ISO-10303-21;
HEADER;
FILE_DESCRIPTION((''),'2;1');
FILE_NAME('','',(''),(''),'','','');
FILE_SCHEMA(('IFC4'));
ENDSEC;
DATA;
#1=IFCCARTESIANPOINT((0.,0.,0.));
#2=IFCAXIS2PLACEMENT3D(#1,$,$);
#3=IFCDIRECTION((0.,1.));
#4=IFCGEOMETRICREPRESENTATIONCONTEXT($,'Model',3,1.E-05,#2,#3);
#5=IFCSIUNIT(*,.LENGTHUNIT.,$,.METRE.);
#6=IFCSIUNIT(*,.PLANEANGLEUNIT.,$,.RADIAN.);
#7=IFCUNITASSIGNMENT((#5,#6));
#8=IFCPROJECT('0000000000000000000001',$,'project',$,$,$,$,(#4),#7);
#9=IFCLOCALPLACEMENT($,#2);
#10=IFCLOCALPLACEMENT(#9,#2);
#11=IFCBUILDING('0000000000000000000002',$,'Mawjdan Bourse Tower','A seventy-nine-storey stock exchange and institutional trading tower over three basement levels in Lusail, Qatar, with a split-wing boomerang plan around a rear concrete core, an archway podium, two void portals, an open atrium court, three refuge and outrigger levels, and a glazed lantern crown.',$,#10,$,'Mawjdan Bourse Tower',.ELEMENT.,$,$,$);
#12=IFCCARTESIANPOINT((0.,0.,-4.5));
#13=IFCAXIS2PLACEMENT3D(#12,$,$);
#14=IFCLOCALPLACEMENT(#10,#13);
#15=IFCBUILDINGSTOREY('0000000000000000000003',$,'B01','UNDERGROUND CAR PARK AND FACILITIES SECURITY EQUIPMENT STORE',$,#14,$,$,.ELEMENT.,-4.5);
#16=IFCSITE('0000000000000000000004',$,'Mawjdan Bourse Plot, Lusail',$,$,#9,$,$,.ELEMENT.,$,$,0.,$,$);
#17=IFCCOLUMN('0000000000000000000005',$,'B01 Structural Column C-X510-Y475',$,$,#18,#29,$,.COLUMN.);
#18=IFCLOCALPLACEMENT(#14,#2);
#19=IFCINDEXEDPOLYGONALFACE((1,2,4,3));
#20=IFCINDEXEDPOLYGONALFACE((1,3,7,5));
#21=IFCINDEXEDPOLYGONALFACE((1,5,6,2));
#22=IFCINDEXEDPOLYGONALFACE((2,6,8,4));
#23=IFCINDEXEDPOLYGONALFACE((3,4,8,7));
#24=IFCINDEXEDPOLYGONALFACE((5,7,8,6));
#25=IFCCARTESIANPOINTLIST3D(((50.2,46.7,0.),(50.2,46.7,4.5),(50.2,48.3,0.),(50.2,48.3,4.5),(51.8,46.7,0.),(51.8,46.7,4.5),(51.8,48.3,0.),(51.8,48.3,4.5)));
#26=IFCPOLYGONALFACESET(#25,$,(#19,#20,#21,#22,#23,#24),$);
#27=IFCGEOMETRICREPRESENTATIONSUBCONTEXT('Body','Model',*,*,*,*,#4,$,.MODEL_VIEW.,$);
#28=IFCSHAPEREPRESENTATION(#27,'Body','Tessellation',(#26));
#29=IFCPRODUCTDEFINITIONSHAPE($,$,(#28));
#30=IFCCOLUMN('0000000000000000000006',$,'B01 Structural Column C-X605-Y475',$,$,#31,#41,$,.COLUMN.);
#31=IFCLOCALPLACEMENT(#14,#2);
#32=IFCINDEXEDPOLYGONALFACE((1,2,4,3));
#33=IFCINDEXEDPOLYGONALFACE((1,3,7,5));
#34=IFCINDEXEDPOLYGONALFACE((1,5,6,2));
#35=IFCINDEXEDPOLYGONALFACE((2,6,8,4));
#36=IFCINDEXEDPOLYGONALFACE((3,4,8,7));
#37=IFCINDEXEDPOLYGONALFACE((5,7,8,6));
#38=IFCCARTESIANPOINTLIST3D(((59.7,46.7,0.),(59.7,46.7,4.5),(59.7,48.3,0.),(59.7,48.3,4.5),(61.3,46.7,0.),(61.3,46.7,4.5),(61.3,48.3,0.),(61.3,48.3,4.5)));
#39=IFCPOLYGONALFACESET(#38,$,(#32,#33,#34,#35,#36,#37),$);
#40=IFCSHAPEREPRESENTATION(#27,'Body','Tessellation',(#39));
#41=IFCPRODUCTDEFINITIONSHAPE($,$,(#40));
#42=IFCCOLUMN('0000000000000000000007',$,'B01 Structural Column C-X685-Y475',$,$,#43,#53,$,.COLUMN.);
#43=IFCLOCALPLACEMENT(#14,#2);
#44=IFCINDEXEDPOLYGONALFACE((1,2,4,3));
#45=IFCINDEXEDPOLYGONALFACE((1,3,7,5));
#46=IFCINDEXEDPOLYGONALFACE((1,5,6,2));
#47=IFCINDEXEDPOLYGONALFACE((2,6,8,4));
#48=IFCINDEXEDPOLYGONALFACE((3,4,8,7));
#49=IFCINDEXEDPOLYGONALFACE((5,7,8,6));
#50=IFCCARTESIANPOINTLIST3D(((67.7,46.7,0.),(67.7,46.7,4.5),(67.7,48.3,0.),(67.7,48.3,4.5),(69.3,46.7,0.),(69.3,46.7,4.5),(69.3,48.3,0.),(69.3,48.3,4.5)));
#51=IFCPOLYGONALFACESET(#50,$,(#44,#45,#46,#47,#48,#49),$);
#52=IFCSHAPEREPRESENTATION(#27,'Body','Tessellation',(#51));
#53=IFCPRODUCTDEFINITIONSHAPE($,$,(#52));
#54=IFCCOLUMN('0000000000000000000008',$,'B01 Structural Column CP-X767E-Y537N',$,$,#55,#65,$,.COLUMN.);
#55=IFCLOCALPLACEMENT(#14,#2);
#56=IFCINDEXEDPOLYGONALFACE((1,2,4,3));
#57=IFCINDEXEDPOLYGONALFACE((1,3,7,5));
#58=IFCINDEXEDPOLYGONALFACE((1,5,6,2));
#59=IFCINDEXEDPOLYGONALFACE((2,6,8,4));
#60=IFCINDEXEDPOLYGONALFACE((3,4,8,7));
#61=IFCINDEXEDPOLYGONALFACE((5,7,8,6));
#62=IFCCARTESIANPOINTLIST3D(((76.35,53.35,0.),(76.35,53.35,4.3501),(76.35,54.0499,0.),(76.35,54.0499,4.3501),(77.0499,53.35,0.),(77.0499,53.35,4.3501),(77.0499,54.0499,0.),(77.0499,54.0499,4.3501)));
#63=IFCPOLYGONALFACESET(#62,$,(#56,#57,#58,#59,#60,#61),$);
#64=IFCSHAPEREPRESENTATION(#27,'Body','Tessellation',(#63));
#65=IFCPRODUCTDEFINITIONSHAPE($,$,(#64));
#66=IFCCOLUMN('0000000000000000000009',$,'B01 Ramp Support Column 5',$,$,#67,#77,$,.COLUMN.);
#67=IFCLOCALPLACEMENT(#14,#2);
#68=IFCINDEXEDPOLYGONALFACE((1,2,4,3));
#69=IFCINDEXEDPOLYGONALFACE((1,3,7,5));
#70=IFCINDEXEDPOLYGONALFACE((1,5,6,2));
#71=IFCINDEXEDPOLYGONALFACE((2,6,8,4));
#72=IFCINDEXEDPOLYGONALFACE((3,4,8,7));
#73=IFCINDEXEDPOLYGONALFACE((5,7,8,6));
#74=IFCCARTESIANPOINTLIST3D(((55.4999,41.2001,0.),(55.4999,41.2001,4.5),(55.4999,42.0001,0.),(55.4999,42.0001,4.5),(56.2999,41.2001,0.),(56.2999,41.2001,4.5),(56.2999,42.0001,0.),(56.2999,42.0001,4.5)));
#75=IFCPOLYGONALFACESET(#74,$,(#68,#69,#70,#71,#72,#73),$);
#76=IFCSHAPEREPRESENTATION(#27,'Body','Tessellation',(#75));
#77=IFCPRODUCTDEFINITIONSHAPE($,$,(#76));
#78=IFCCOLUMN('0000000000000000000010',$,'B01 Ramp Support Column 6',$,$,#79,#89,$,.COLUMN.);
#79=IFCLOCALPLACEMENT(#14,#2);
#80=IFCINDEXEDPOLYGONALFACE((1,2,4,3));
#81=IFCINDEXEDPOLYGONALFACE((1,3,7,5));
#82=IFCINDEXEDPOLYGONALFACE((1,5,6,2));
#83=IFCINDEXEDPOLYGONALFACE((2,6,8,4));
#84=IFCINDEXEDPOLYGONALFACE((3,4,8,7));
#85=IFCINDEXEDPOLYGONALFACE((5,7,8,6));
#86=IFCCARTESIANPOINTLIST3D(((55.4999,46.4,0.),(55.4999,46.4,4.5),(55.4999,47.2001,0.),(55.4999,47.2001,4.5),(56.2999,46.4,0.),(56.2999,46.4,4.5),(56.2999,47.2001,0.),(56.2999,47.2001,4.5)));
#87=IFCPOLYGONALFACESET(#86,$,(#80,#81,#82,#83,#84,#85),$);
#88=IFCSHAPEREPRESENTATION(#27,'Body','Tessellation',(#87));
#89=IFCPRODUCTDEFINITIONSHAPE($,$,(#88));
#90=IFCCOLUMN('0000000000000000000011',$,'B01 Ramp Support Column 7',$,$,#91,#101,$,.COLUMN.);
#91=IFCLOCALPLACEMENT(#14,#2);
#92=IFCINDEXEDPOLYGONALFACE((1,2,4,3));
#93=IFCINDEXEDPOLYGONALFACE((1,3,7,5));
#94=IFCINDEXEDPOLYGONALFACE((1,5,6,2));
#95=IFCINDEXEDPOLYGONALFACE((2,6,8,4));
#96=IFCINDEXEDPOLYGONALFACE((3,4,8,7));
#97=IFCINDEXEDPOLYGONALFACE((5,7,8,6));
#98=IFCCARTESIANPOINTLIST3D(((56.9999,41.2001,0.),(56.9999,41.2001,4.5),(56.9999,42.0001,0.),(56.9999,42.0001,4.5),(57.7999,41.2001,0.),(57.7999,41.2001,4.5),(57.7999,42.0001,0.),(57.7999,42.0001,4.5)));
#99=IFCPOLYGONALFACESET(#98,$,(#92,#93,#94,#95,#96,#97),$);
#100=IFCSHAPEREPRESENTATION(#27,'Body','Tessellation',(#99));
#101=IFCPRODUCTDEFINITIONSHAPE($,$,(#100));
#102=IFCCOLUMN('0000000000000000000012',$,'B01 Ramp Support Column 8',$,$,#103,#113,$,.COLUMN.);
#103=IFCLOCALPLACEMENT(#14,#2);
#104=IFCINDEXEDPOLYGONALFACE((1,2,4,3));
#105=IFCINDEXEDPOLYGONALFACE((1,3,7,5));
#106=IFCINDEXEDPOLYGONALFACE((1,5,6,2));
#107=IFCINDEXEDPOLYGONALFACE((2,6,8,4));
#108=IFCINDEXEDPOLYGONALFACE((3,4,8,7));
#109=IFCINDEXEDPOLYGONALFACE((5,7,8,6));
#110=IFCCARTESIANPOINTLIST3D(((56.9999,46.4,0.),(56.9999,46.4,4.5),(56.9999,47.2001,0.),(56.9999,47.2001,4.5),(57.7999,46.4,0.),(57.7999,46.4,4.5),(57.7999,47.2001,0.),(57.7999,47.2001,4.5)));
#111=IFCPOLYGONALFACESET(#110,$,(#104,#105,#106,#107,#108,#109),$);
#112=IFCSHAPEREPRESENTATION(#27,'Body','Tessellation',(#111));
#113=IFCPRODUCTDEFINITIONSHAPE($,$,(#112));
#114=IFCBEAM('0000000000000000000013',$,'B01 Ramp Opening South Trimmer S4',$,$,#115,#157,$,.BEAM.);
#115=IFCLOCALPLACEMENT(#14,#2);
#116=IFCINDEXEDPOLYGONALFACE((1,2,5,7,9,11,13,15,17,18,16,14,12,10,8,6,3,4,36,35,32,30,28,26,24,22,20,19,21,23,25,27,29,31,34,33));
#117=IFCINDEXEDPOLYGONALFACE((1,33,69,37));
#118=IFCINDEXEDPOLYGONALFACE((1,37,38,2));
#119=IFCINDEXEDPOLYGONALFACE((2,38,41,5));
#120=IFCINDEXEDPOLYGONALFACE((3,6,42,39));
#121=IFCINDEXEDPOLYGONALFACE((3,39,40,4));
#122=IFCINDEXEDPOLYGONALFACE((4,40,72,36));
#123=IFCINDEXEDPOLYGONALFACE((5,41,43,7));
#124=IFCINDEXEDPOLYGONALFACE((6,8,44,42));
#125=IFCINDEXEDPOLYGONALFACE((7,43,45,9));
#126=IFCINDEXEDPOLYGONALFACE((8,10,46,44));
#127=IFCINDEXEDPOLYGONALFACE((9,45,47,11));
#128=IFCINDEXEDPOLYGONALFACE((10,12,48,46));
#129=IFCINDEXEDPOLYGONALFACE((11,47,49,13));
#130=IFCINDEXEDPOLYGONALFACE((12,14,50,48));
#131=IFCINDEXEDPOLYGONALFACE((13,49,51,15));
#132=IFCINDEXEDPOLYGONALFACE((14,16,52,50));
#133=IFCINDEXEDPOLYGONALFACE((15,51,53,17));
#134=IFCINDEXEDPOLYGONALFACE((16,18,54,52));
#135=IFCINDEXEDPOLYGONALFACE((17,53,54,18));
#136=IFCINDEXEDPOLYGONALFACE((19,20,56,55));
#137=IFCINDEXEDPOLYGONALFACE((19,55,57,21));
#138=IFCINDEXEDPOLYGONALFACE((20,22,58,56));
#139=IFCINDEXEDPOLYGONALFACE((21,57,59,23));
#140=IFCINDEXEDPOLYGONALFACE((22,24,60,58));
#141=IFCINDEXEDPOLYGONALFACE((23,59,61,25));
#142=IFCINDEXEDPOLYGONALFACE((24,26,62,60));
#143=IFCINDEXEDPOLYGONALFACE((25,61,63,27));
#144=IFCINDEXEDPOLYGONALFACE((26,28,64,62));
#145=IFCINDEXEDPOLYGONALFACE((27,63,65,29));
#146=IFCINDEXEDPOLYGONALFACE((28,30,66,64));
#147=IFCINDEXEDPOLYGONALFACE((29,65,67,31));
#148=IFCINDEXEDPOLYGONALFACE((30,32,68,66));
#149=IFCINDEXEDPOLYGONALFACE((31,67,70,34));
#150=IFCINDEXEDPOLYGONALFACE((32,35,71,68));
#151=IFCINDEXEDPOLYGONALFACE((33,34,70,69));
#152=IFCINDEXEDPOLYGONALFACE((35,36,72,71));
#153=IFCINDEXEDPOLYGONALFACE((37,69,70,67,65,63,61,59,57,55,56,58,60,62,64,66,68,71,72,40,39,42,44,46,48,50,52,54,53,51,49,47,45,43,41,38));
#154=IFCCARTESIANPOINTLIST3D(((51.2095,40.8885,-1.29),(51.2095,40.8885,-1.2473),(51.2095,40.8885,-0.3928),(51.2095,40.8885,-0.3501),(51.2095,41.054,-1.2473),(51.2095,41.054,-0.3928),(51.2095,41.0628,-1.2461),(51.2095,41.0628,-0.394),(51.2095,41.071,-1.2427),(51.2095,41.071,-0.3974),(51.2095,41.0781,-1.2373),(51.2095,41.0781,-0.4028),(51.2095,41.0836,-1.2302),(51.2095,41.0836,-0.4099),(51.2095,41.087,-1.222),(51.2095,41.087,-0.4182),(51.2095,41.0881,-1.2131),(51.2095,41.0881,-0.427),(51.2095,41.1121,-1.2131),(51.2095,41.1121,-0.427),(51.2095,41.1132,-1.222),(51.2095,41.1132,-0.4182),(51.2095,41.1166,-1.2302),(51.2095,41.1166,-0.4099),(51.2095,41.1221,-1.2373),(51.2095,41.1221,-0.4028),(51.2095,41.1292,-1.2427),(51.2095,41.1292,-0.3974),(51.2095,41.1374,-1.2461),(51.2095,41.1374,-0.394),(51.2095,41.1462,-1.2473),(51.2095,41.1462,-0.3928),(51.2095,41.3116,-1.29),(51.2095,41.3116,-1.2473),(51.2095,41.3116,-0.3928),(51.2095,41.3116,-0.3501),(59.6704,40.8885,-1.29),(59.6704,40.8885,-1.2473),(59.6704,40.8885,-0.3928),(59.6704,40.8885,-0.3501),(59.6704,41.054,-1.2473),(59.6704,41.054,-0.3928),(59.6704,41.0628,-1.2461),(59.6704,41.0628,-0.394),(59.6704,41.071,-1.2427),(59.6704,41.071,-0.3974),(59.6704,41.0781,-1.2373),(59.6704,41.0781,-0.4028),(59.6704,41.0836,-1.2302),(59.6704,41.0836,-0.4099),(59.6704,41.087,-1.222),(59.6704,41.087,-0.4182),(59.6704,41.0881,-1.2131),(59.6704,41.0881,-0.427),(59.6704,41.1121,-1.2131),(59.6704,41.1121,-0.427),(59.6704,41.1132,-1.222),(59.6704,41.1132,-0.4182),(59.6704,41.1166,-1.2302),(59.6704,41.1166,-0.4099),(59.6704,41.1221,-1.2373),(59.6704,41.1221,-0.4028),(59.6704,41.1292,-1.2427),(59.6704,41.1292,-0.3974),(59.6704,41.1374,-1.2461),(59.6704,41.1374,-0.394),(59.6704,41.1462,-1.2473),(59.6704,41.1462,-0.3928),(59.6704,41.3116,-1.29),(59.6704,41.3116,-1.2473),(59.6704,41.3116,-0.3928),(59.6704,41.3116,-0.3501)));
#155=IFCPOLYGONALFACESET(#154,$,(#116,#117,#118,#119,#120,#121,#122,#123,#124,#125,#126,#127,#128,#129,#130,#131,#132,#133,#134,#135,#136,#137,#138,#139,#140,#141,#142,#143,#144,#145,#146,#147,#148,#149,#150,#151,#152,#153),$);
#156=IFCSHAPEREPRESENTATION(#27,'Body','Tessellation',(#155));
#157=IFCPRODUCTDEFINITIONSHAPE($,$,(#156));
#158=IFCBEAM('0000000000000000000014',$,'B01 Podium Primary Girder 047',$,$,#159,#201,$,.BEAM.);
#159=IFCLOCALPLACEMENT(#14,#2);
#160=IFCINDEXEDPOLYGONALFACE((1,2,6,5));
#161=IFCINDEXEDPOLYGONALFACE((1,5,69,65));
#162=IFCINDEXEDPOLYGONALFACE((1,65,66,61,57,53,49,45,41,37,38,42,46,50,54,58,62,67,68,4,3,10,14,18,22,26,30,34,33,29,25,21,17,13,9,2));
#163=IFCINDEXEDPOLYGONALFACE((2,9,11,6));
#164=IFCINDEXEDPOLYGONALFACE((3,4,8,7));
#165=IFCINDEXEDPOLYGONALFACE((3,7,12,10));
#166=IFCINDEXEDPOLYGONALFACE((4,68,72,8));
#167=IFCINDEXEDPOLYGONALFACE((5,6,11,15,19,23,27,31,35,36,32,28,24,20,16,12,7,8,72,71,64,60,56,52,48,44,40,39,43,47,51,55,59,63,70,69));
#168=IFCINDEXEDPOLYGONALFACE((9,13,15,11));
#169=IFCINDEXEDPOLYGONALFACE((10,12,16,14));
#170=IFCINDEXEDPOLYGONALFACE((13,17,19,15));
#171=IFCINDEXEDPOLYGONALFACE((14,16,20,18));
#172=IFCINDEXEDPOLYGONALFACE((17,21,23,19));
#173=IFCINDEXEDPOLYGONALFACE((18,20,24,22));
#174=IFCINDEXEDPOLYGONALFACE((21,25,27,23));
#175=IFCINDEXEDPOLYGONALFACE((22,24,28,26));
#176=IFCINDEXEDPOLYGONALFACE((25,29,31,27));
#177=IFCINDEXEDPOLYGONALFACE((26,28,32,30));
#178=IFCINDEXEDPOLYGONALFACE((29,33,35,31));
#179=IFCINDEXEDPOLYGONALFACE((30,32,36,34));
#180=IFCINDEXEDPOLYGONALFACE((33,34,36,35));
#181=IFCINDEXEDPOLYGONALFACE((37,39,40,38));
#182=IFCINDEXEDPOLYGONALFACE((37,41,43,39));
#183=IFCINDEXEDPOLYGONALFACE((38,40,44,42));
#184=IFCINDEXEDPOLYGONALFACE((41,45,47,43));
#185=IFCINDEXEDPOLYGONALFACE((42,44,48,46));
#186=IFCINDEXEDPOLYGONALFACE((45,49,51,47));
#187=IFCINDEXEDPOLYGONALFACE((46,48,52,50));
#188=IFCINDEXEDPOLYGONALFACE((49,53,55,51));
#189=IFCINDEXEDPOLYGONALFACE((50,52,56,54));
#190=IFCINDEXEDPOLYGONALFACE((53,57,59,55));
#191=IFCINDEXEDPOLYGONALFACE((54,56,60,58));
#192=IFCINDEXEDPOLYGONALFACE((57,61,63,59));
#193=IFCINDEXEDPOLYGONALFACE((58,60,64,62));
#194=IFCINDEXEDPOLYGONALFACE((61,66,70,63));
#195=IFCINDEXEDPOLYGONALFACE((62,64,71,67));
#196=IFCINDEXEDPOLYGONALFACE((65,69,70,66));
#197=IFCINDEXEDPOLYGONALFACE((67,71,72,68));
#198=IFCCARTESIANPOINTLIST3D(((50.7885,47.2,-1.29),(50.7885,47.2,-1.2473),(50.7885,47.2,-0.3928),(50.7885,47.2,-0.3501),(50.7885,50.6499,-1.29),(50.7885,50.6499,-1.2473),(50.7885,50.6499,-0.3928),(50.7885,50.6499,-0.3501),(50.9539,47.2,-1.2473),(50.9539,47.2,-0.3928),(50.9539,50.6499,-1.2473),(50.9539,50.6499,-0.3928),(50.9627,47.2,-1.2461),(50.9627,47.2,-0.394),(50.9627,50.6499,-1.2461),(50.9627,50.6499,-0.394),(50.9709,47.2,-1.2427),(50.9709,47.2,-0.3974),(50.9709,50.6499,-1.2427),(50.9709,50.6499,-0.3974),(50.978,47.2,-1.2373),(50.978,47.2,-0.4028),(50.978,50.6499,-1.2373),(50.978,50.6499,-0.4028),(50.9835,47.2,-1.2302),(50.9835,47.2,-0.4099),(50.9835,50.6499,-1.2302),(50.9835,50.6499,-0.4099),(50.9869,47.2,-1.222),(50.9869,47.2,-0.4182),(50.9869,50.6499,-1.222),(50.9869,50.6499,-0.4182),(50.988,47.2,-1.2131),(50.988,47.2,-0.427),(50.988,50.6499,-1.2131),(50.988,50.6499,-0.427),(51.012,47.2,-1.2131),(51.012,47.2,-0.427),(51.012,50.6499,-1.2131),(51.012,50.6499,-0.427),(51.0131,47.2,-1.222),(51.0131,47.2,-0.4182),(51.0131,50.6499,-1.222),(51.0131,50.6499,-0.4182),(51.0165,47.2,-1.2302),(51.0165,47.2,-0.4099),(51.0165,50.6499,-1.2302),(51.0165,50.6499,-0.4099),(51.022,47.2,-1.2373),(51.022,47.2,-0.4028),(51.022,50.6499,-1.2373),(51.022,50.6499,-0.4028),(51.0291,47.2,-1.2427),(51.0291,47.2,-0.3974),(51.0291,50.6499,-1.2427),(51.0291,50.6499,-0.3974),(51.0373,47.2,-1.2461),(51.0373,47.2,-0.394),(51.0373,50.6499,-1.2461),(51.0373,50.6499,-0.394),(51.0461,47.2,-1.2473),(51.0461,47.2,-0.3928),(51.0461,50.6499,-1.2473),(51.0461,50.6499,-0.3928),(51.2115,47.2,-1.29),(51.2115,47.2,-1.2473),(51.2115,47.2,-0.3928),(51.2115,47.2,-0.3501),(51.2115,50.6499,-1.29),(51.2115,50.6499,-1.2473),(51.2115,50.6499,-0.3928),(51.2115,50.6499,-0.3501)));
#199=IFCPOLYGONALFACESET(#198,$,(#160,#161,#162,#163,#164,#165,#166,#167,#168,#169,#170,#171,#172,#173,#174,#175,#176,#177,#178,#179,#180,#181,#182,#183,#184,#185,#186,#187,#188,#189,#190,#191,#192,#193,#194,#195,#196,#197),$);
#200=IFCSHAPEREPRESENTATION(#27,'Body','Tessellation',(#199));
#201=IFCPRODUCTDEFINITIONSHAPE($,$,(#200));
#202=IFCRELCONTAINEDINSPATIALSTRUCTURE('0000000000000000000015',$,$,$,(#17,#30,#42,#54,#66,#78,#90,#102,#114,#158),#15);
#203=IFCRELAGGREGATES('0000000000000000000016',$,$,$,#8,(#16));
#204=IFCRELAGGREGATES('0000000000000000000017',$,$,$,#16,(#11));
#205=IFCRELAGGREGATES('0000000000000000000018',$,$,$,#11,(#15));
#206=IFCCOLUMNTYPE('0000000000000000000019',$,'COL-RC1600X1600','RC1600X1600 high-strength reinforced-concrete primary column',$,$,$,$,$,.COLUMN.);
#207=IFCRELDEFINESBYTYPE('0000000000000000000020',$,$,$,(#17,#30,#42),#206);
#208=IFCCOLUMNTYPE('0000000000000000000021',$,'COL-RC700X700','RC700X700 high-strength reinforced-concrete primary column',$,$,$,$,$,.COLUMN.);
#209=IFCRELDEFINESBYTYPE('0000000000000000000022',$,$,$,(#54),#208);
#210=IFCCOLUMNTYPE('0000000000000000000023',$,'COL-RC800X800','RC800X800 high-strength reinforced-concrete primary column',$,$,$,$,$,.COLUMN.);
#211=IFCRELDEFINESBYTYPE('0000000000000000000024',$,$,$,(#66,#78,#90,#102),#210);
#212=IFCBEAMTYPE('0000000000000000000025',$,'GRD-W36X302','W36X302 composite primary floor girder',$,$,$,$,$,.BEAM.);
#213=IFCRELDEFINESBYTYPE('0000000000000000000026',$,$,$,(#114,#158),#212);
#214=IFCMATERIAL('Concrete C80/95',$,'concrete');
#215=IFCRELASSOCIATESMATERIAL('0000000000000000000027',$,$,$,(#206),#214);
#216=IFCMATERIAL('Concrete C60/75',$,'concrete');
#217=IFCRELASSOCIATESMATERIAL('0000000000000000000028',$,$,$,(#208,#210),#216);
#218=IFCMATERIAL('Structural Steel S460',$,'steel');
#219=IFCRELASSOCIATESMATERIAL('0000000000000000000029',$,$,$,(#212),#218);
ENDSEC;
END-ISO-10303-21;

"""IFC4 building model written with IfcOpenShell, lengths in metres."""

from ifc_helpers import new_model, si_unit, direction, frame, origin, origin_2d, place, context, subcontext, project, spatial, rectangle, i_section, extrude, material, material_profile, profile_set, type_object, element, save


model = new_model("IFC4")

# Units and contexts
model_context = context("Model", 3, precision=1e-05, world=origin(), true_north=direction((0.0, 1.0)))
body_context = subcontext(model_context, "Body", "Model", "MODEL_VIEW")
ifc_project = project(units=[si_unit("LENGTHUNIT", "METRE"), si_unit("PLANEANGLEUNIT", "RADIAN")], contexts=[model_context])

# Site, building, storey
site_placement = place(None, origin())
site = spatial("IfcSite", under=ifc_project, at=site_placement, Name="Mawjdan Bourse Plot, Lusail", CompositionType="ELEMENT", RefElevation=0.0)
building_placement = place(site_placement, origin())
building = spatial("IfcBuilding", under=site, at=building_placement, Name="Mawjdan Bourse Tower", Description="A seventy-nine-storey stock exchange and institutional trading tower over three basement levels in Lusail, Qatar, with a split-wing boomerang plan around a rear concrete core, an archway podium, two void portals, an open atrium court, three refuge and outrigger levels, and a glazed lantern crown.", LongName="Mawjdan Bourse Tower", CompositionType="ELEMENT")
storey_placement = place(building_placement, frame((0.0, 0.0, -4.5)))
storey = spatial("IfcBuildingStorey", under=building, at=storey_placement, Name="B01", Description="UNDERGROUND CAR PARK AND FACILITIES SECURITY EQUIPMENT STORE", CompositionType="ELEMENT", Elevation=-4.5)

# Columns
ifc_material_1 = material(Name="Concrete C80/95", Category="concrete")
ifc_material_profile_1 = material_profile(ifc_material_1, rectangle(XDim=1.6001, YDim=1.6001, at=origin_2d()), Name="RC1600X1600")
ifc_profile_set_1 = profile_set([ifc_material_profile_1], Name="Concrete C80/95")
column_type_1 = type_object("IfcColumnType", Name="COL-RC1600X1600", Description="RC1600X1600 high-strength reinforced-concrete primary column", PredefinedType="COLUMN", material=ifc_profile_set_1)
for number, where, z_axis, x_axis, name in (
    (1, (51.0, 47.5, 0.0), (0.0, 0.0, 1.0), (1.0, 0.0, 0.0), "B01 Structural Column C-X510-Y475"),
    (2, (60.5, 47.5, 0.0), (0.0, 0.0, 1.0), (1.0, 0.0, 0.0), "B01 Structural Column C-X605-Y475"),
    (3, (68.5, 47.5, 0.0), (0.0, 0.0, 1.0), (1.0, 0.0, 0.0), "B01 Structural Column C-X685-Y475"),
):
    element("IfcColumn", number, at=place(storey_placement, frame(where, z_axis=z_axis, x_axis=x_axis)), inside=storey, type_object=column_type_1, Name=name, PredefinedType="COLUMN", context=body_context, shape_type="SweptSolid", body=[
        extrude(rectangle(XDim=1.6001, YDim=1.6001, at=origin_2d()), origin(), (0.0, 0.0, 1.0), 4.5),
    ])
ifc_material_2 = material(Name="Concrete C60/75", Category="concrete")
ifc_material_profile_2 = material_profile(ifc_material_2, rectangle(XDim=0.7, YDim=0.7, at=origin_2d()), Name="RC700X700")
ifc_profile_set_2 = profile_set([ifc_material_profile_2], Name="Concrete C60/75")
column_type_2 = type_object("IfcColumnType", Name="COL-RC700X700", Description="RC700X700 high-strength reinforced-concrete primary column", PredefinedType="COLUMN", material=ifc_profile_set_2)
column_placement = place(storey_placement, frame((76.7, 53.7, 0.0), z_axis=(0.0, 0.0, 1.0), x_axis=(1.0, 0.0, 0.0)))
element("IfcColumn", 4, at=column_placement, inside=storey, type_object=column_type_2, Name="B01 Structural Column CP-X767E-Y537N", PredefinedType="COLUMN", context=body_context, shape_type="SweptSolid", body=[
    extrude(rectangle(XDim=0.7, YDim=0.7, at=origin_2d()), origin(), (0.0, 0.0, 1.0), 4.3501),
])
ifc_material_profile_3 = material_profile(ifc_material_2, rectangle(XDim=0.8, YDim=0.8, at=origin_2d()), Name="RC800X800")
ifc_profile_set_3 = profile_set([ifc_material_profile_3], Name="Concrete C60/75")
column_type_3 = type_object("IfcColumnType", Name="COL-RC800X800", Description="RC800X800 high-strength reinforced-concrete primary column", PredefinedType="COLUMN", material=ifc_profile_set_3)
for number, where, z_axis, x_axis, name in (
    (5, (55.8999, 41.6001, 0.0), (0.0, 0.0, 1.0), (1.0, 0.0, 0.0), "B01 Ramp Support Column 5"),
    (6, (55.8999, 46.8, 0.0), (0.0, 0.0, 1.0), (1.0, 0.0, 0.0), "B01 Ramp Support Column 6"),
    (7, (57.3999, 41.6001, 0.0), (0.0, 0.0, 1.0), (1.0, 0.0, 0.0), "B01 Ramp Support Column 7"),
    (8, (57.3999, 46.8, 0.0), (0.0, 0.0, 1.0), (1.0, 0.0, 0.0), "B01 Ramp Support Column 8"),
):
    element("IfcColumn", number, at=place(storey_placement, frame(where, z_axis=z_axis, x_axis=x_axis)), inside=storey, type_object=column_type_3, Name=name, PredefinedType="COLUMN", context=body_context, shape_type="SweptSolid", body=[
        extrude(rectangle(XDim=0.8, YDim=0.8, at=origin_2d()), origin(), (0.0, 0.0, 1.0), 4.5),
    ])

# Beams
ifc_material_3 = material(Name="Structural Steel S460", Category="steel")
ifc_material_profile_4 = material_profile(ifc_material_3, i_section(OverallWidth=0.4231, OverallDepth=0.9399, WebThickness=0.0239, FlangeThickness=0.0427, FilletRadius=0.0342, at=origin_2d()), Name="W36X302")
ifc_profile_set_4 = profile_set([ifc_material_profile_4], Name="Structural Steel S460")
beam_type_1 = type_object("IfcBeamType", Name="GRD-W36X302", Description="W36X302 composite primary floor girder", PredefinedType="BEAM", material=ifc_profile_set_4)
beam_1_placement = place(storey_placement, frame((51.2095, 41.1001, -0.8201), z_axis=(1.0, 0.0, 0.0), x_axis=(0.0, 1.0, 0.0)))
element("IfcBeam", 9, at=beam_1_placement, inside=storey, type_object=beam_type_1, Name="B01 Ramp Opening South Trimmer S4", PredefinedType="BEAM", context=body_context, shape_type="SweptSolid", body=[
    extrude(i_section(OverallWidth=0.4231, OverallDepth=0.9399, WebThickness=0.0239, FlangeThickness=0.0427, FilletRadius=0.0342, at=origin_2d()), origin(), (0.0, 0.0, 1.0), 8.4609),
])
beam_2_placement = place(storey_placement, frame((51.0, 47.2, -0.8201), z_axis=(0.0, 1.0, 0.0), x_axis=(-1.0, 0.0, 0.0)))
element("IfcBeam", 10, at=beam_2_placement, inside=storey, type_object=beam_type_1, Name="B01 Podium Primary Girder 047", PredefinedType="BEAM", context=body_context, shape_type="SweptSolid", body=[
    extrude(i_section(OverallWidth=0.4231, OverallDepth=0.9399, WebThickness=0.0239, FlangeThickness=0.0427, FilletRadius=0.0342, at=origin_2d()), origin(), (0.0, 0.0, 1.0), 3.45),
])

save(model, "model.ifc")
